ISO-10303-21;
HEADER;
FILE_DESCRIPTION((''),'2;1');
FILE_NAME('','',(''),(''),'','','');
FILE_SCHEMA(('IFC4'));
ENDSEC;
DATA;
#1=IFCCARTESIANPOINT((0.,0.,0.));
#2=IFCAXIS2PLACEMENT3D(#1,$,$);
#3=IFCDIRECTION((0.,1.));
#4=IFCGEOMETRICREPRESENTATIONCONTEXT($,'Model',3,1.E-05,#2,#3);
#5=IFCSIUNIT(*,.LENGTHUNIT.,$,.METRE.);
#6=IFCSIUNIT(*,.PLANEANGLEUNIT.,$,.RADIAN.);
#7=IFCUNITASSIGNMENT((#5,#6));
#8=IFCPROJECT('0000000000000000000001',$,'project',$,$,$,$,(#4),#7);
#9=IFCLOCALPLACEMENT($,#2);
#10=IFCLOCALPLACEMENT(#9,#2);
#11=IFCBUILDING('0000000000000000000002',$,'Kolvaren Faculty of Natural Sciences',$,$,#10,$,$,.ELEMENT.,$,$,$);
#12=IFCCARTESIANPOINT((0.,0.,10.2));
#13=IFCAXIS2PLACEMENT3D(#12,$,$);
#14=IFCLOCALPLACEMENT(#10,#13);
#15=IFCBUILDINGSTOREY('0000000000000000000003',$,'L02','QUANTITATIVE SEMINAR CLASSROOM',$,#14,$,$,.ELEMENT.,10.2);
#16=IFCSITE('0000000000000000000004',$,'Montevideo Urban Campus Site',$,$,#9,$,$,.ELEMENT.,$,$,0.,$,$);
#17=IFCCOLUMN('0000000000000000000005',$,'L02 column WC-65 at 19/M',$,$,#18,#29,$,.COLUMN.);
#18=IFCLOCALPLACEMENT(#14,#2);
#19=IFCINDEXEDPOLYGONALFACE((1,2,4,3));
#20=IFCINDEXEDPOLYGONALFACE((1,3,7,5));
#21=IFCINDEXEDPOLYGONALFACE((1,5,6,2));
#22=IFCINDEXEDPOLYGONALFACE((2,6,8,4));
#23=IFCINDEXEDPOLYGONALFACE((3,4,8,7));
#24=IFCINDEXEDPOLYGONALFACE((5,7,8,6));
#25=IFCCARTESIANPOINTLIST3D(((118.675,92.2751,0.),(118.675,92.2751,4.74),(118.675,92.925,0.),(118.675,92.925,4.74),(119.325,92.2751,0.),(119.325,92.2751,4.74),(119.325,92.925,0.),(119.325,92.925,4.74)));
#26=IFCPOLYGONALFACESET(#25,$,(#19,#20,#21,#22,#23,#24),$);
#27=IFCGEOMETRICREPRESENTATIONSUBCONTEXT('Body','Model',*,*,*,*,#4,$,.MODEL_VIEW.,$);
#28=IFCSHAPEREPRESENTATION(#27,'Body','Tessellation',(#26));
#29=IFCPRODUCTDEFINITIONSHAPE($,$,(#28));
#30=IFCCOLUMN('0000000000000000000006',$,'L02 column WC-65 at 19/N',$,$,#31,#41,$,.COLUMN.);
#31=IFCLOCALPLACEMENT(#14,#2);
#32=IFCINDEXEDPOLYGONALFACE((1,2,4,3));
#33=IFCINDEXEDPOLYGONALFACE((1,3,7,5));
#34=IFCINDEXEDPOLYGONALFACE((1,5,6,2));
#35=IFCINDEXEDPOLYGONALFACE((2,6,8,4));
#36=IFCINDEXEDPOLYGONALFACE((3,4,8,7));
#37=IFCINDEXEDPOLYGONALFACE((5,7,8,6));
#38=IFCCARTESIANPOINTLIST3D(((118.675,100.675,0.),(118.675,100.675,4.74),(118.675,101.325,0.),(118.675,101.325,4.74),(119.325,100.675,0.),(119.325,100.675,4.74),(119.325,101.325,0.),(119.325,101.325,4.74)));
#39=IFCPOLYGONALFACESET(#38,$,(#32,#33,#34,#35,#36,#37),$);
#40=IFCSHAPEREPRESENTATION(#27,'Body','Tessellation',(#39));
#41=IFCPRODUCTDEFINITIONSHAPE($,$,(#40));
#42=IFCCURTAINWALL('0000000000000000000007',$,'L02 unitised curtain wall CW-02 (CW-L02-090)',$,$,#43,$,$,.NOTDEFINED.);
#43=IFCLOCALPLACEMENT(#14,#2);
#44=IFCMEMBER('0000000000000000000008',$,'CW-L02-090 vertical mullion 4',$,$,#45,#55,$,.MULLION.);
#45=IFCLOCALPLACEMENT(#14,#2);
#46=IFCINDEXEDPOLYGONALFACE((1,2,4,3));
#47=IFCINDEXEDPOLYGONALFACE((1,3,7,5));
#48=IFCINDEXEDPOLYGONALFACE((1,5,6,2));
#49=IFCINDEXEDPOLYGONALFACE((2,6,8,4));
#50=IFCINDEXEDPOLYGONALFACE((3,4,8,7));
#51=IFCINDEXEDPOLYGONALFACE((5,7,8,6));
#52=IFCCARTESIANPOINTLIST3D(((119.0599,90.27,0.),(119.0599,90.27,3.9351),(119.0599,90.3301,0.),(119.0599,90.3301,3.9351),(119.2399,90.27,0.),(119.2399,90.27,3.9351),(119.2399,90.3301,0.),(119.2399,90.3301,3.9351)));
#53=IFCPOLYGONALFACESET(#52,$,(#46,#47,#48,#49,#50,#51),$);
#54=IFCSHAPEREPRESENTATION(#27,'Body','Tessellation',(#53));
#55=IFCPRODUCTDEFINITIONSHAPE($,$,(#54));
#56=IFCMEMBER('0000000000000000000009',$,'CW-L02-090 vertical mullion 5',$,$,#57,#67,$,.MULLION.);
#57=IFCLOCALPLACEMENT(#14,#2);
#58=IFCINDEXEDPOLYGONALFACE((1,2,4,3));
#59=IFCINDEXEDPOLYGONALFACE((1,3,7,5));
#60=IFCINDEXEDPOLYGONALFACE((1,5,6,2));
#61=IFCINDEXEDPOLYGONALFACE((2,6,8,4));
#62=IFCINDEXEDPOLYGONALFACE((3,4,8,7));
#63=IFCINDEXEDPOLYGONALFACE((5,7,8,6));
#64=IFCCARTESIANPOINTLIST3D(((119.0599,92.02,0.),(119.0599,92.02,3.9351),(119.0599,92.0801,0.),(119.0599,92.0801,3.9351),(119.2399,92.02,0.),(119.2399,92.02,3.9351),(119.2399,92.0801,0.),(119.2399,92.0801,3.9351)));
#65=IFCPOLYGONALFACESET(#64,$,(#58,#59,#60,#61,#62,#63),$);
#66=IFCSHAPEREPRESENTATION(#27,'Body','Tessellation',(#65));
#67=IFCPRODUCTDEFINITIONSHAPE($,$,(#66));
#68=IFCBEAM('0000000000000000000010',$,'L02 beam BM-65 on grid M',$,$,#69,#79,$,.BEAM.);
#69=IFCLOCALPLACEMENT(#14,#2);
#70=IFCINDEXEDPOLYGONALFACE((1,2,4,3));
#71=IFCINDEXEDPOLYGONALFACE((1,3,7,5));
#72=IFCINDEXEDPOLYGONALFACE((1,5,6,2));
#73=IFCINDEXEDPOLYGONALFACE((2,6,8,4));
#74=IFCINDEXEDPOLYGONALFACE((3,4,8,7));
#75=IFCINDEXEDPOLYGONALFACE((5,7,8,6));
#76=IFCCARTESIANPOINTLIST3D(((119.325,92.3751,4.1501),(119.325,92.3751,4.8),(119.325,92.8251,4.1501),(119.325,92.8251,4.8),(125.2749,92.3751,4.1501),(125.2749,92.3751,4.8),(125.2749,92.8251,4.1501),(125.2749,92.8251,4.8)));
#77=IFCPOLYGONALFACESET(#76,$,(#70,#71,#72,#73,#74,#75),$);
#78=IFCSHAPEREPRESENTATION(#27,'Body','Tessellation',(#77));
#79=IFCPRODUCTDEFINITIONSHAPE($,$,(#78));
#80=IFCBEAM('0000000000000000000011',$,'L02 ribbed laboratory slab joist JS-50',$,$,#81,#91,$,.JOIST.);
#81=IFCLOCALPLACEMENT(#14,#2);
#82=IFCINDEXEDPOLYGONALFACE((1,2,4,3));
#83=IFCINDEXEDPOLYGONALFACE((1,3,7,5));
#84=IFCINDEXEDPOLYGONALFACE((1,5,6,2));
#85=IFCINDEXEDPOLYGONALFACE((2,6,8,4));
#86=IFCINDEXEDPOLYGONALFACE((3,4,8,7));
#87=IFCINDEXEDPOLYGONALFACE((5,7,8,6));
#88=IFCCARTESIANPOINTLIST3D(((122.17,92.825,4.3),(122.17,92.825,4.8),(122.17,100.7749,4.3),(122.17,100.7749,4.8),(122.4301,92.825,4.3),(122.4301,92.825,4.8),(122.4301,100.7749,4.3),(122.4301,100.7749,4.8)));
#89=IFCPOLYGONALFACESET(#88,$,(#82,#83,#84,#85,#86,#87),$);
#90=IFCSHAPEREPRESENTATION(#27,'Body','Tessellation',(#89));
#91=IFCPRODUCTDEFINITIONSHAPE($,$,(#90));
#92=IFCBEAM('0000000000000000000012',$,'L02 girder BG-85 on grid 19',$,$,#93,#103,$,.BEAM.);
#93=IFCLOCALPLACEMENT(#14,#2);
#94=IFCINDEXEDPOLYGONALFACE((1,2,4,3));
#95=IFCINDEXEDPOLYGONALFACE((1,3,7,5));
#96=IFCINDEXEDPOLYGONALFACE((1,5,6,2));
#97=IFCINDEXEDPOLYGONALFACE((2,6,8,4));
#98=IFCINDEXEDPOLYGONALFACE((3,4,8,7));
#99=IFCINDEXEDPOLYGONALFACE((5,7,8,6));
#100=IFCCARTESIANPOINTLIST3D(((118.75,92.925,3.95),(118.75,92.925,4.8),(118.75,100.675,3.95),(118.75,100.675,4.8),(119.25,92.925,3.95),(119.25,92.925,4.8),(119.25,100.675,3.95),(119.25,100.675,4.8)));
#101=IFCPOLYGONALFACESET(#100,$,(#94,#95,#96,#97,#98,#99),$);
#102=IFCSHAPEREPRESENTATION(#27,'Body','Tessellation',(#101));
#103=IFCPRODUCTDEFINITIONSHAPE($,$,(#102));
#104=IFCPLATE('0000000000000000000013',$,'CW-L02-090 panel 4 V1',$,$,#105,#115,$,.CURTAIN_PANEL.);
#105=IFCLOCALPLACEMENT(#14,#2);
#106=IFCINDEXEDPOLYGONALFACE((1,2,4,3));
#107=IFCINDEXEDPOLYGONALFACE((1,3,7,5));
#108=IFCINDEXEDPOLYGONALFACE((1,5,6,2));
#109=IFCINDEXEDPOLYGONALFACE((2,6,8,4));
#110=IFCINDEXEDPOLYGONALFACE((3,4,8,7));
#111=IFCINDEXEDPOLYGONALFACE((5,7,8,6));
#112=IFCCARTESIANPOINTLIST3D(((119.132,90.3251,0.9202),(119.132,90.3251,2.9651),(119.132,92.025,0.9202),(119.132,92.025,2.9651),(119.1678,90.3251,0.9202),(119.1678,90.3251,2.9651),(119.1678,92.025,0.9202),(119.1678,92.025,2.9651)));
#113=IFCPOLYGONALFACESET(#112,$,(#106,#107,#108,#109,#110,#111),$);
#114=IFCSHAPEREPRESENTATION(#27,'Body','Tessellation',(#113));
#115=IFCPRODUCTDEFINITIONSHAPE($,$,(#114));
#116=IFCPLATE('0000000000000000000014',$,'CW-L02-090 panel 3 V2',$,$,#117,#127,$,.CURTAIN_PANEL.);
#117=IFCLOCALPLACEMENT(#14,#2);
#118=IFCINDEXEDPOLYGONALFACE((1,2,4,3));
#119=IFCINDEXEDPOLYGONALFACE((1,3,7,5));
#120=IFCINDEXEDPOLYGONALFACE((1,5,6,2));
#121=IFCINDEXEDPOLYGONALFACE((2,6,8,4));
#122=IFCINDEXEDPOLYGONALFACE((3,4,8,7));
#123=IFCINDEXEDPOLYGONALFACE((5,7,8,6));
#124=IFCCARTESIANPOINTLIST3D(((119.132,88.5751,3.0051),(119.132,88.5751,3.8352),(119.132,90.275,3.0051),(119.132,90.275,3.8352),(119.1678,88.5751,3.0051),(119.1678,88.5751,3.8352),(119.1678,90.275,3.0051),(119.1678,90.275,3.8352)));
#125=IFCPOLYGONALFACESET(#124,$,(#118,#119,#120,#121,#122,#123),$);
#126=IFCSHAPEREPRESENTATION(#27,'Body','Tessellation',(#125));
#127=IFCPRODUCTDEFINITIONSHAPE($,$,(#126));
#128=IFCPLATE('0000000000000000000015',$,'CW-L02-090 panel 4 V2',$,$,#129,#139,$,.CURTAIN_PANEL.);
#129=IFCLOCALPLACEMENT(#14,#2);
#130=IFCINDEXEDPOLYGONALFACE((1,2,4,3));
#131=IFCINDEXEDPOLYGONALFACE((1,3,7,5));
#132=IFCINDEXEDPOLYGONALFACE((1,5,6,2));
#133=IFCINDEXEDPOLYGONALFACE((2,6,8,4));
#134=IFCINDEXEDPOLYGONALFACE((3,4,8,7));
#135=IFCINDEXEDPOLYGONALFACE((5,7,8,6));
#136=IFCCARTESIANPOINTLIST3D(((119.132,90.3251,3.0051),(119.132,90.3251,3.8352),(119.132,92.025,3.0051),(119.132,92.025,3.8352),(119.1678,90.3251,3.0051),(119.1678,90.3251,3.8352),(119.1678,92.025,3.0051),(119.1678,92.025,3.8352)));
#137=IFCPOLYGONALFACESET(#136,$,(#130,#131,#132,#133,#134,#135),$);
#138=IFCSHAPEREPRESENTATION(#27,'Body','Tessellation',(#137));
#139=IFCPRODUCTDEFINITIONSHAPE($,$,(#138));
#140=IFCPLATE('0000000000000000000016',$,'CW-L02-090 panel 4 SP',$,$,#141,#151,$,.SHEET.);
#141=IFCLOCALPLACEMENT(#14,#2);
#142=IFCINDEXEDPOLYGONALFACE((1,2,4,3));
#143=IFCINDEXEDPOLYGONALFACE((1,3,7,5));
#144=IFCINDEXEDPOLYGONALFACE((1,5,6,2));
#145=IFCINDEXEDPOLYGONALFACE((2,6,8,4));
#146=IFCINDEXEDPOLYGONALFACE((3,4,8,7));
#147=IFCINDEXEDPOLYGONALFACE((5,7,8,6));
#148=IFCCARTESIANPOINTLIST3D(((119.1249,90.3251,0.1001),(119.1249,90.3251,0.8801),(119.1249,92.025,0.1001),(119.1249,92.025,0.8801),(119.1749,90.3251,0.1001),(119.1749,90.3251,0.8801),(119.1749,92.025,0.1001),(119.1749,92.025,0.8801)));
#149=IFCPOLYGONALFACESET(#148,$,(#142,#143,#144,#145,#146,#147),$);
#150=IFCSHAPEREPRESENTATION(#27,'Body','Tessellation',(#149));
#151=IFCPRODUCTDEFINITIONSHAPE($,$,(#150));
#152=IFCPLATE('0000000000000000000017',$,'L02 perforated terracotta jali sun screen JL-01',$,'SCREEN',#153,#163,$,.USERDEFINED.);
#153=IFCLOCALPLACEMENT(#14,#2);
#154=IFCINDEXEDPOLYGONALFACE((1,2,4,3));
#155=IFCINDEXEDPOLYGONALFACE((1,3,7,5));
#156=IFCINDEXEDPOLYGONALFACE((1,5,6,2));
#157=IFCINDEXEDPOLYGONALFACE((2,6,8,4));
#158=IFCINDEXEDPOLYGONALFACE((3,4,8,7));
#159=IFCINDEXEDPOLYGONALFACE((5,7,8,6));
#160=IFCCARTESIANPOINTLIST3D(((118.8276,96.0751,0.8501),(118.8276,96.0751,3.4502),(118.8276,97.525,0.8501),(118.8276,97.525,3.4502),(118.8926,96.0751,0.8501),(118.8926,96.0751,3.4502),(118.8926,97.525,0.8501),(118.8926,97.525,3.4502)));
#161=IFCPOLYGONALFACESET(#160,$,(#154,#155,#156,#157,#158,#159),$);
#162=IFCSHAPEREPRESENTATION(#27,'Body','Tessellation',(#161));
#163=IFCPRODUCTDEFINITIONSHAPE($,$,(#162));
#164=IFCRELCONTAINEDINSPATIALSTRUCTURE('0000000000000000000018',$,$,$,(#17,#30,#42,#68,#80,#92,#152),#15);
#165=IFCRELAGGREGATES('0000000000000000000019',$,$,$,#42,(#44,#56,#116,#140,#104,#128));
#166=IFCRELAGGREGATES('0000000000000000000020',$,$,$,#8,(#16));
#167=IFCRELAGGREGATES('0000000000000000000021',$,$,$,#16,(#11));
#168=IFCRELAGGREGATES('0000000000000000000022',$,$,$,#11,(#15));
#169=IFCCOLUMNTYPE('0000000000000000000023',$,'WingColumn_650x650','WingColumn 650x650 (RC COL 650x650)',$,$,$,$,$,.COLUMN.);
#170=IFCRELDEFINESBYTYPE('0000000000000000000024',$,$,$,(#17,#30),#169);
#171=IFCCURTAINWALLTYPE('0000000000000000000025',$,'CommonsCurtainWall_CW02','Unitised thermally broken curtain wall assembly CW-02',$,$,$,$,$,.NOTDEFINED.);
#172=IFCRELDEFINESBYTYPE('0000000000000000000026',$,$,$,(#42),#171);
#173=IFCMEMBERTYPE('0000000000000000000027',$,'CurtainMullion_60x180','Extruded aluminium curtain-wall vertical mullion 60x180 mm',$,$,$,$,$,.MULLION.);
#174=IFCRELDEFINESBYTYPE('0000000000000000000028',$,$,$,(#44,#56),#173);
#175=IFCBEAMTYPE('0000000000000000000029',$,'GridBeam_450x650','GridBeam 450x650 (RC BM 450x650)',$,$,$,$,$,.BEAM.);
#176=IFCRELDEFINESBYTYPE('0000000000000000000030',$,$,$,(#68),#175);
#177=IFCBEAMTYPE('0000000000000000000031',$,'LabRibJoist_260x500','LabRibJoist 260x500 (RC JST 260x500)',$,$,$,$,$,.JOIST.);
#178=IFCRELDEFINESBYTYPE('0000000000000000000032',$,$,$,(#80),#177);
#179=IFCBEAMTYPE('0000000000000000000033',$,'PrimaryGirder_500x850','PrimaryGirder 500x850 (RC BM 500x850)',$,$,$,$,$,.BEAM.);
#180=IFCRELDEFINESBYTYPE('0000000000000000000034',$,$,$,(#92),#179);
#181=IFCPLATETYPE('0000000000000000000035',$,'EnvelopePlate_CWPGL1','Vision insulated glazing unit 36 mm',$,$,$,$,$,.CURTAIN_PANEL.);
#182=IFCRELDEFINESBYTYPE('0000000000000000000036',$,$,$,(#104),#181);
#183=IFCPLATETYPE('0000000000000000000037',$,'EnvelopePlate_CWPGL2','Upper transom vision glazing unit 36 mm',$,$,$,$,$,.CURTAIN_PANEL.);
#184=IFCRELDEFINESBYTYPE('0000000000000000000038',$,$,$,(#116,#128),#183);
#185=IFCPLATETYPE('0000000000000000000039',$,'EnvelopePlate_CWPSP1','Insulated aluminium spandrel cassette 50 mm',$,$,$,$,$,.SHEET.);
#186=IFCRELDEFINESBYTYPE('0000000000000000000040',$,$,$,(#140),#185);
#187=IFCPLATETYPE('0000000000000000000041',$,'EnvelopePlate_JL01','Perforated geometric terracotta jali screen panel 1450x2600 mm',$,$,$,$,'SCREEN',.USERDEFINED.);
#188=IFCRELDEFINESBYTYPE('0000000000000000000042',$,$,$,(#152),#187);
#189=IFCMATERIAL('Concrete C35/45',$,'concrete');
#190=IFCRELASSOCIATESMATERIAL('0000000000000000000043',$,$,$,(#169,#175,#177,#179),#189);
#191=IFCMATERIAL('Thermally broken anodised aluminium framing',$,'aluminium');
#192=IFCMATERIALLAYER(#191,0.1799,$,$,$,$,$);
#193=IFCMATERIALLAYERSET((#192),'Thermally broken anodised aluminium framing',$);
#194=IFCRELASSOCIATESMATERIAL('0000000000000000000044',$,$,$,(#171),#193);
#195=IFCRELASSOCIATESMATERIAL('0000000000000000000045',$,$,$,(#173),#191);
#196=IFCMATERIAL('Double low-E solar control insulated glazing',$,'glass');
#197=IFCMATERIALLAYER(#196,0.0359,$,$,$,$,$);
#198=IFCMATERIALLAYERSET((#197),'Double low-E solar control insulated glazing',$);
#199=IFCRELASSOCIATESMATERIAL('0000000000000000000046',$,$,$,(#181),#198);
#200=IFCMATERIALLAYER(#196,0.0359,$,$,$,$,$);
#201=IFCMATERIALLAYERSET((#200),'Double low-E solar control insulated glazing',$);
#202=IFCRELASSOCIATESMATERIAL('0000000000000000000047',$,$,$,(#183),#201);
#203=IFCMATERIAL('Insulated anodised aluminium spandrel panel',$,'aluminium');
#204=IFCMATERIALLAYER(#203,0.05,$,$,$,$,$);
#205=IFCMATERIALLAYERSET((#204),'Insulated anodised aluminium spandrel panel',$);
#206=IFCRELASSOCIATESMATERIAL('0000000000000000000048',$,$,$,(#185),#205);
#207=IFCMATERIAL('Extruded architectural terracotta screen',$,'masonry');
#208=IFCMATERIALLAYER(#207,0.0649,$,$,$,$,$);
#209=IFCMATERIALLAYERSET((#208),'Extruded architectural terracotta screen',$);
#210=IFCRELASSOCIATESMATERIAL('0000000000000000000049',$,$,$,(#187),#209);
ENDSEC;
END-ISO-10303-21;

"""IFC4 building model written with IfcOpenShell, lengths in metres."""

from ifc_helpers import new_model, si_unit, direction, frame, origin, origin_2d, place, context, subcontext, project, spatial, rectangle, extrude, material, layer, layer_set, material_profile, profile_set, type_object, element, aggregate, save


model = new_model("IFC4")

# Units and contexts
model_context = context("Model", 3, precision=1e-05, world=origin(), true_north=direction((0.0, 1.0)))
body_context = subcontext(model_context, "Body", "Model", "MODEL_VIEW")
ifc_project = project(units=[si_unit("LENGTHUNIT", "METRE"), si_unit("PLANEANGLEUNIT", "RADIAN")], contexts=[model_context])

# Site, building, storey
site_placement = place(None, origin())
site = spatial("IfcSite", under=ifc_project, at=site_placement, Name="Montevideo Urban Campus Site", CompositionType="ELEMENT", RefElevation=0.0)
building_placement = place(site_placement, origin())
building = spatial("IfcBuilding", under=site, at=building_placement, Name="Kolvaren Faculty of Natural Sciences", CompositionType="ELEMENT")
storey_placement = place(building_placement, frame((0.0, 0.0, 10.2)))
storey = spatial("IfcBuildingStorey", under=building, at=storey_placement, Name="L02", Description="QUANTITATIVE SEMINAR CLASSROOM", CompositionType="ELEMENT", Elevation=10.2)

# Columns
ifc_material_1 = material(Name="Concrete C35/45", Category="concrete")
ifc_material_profile_1 = material_profile(ifc_material_1, rectangle(XDim=0.6499, YDim=0.6499, at=origin_2d()), Name="RC COL 650x650")
ifc_profile_set_1 = profile_set([ifc_material_profile_1], Name="Concrete C35/45")
column_type = type_object("IfcColumnType", Name="WingColumn_650x650", Description="WingColumn 650x650 (RC COL 650x650)", PredefinedType="COLUMN", material=ifc_profile_set_1)
for number, where, z_axis, x_axis, name in (
    (1, (119.0, 92.6001, 0.0), (0.0, 0.0, 1.0), (1.0, 0.0, 0.0), "L02 column WC-65 at 19/M"),
    (2, (119.0, 101.0, 0.0), (0.0, 0.0, 1.0), (1.0, 0.0, 0.0), "L02 column WC-65 at 19/N"),
):
    element("IfcColumn", number, at=place(storey_placement, frame(where, z_axis=z_axis, x_axis=x_axis)), inside=storey, type_object=column_type, Name=name, PredefinedType="COLUMN", context=body_context, shape_type="SweptSolid", body=[
        extrude(rectangle(XDim=0.6499, YDim=0.6499, at=origin_2d()), origin(), (0.0, 0.0, 1.0), 4.74),
    ])

# Curtain wall, members
ifc_material_2 = material(Name="Thermally broken anodised aluminium framing", Category="aluminium")
ifc_layer_1 = layer(ifc_material_2, 0.1799)
ifc_layer_set_1 = layer_set([ifc_layer_1], Name="Thermally broken anodised aluminium framing")
curtain_wall_type = type_object("IfcCurtainWallType", Name="CommonsCurtainWall_CW02", Description="Unitised thermally broken curtain wall assembly CW-02", PredefinedType="NOTDEFINED", material=ifc_layer_set_1)
curtain_wall_placement = place(storey_placement, origin())
curtain_wall = element("IfcCurtainWall", 3, at=curtain_wall_placement, inside=storey, type_object=curtain_wall_type, Name="L02 unitised curtain wall CW-02 (CW-L02-090)", PredefinedType="NOTDEFINED")
ifc_material_profile_2 = material_profile(ifc_material_2, rectangle(XDim=0.0601, YDim=0.1799, at=origin_2d()), Name="ALU MUL 60x180")
ifc_profile_set_2 = profile_set([ifc_material_profile_2], Name="Thermally broken anodised aluminium framing")
member_type = type_object("IfcMemberType", Name="CurtainMullion_60x180", Description="Extruded aluminium curtain-wall vertical mullion 60x180 mm", PredefinedType="MULLION", material=ifc_profile_set_2)
member_1_placement = place(storey_placement, frame((119.1499, 90.3, 0.0), z_axis=(0.0, 0.0, 1.0), x_axis=(0.0, 1.0, 0.0)))
member_1 = element("IfcMember", 4, at=member_1_placement, type_object=member_type, Name="CW-L02-090 vertical mullion 4", PredefinedType="MULLION", context=body_context, shape_type="SweptSolid", body=[
    extrude(rectangle(XDim=0.0601, YDim=0.1799, at=origin_2d()), origin(), (0.0, 0.0, 1.0), 3.9351),
])
member_2_placement = place(storey_placement, frame((119.1499, 92.05, 0.0), z_axis=(0.0, 0.0, 1.0), x_axis=(0.0, 1.0, 0.0)))
member_2 = element("IfcMember", 5, at=member_2_placement, type_object=member_type, Name="CW-L02-090 vertical mullion 5", PredefinedType="MULLION", context=body_context, shape_type="SweptSolid", body=[
    extrude(rectangle(XDim=0.0601, YDim=0.1799, at=origin_2d()), origin(), (0.0, 0.0, 1.0), 3.9351),
])

# Beams
ifc_material_profile_3 = material_profile(ifc_material_1, rectangle(XDim=0.45, YDim=0.6499, at=origin_2d()), Name="RC BM 450x650")
ifc_profile_set_3 = profile_set([ifc_material_profile_3], Name="Concrete C35/45")
beam_type_1 = type_object("IfcBeamType", Name="GridBeam_450x650", Description="GridBeam 450x650 (RC BM 450x650)", PredefinedType="BEAM", material=ifc_profile_set_3)
beam_1_placement = place(storey_placement, frame((119.325, 92.6001, 4.4751), z_axis=(1.0, 0.0, 0.0), x_axis=(0.0, 1.0, 0.0)))
element("IfcBeam", 6, at=beam_1_placement, inside=storey, type_object=beam_type_1, Name="L02 beam BM-65 on grid M", PredefinedType="BEAM", context=body_context, shape_type="SweptSolid", body=[
    extrude(rectangle(XDim=0.45, YDim=0.6499, at=origin_2d()), origin(), (0.0, 0.0, 1.0), 5.95),
])
ifc_material_profile_4 = material_profile(ifc_material_1, rectangle(XDim=0.26, YDim=0.5, at=origin_2d()), Name="RC JST 260x500")
ifc_profile_set_4 = profile_set([ifc_material_profile_4], Name="Concrete C35/45")
beam_type_2 = type_object("IfcBeamType", Name="LabRibJoist_260x500", Description="LabRibJoist 260x500 (RC JST 260x500)", PredefinedType="JOIST", material=ifc_profile_set_4)
beam_2_placement = place(storey_placement, frame((122.3, 92.825, 4.55), z_axis=(0.0, 1.0, 0.0), x_axis=(-1.0, 0.0, 0.0)))
element("IfcBeam", 7, at=beam_2_placement, inside=storey, type_object=beam_type_2, Name="L02 ribbed laboratory slab joist JS-50", PredefinedType="JOIST", context=body_context, shape_type="SweptSolid", body=[
    extrude(rectangle(XDim=0.26, YDim=0.5, at=origin_2d()), origin(), (0.0, 0.0, 1.0), 7.95),
])
ifc_material_profile_5 = material_profile(ifc_material_1, rectangle(XDim=0.5, YDim=0.8501, at=origin_2d()), Name="RC BM 500x850")
ifc_profile_set_5 = profile_set([ifc_material_profile_5], Name="Concrete C35/45")
beam_type_3 = type_object("IfcBeamType", Name="PrimaryGirder_500x850", Description="PrimaryGirder 500x850 (RC BM 500x850)", PredefinedType="BEAM", material=ifc_profile_set_5)
beam_3_placement = place(storey_placement, frame((119.0, 92.925, 4.375), z_axis=(0.0, 1.0, 0.0), x_axis=(-1.0, 0.0, 0.0)))
element("IfcBeam", 8, at=beam_3_placement, inside=storey, type_object=beam_type_3, Name="L02 girder BG-85 on grid 19", PredefinedType="BEAM", context=body_context, shape_type="SweptSolid", body=[
    extrude(rectangle(XDim=0.5, YDim=0.8501, at=origin_2d()), origin(), (0.0, 0.0, 1.0), 7.75),
])

# Plates
ifc_material_3 = material(Name="Double low-E solar control insulated glazing", Category="glass")
ifc_layer_2 = layer(ifc_material_3, 0.0359)
ifc_layer_set_2 = layer_set([ifc_layer_2], Name="Double low-E solar control insulated glazing")
plate_type_1 = type_object("IfcPlateType", Name="EnvelopePlate_CWPGL1", Description="Vision insulated glazing unit 36 mm", PredefinedType="CURTAIN_PANEL", material=ifc_layer_set_2)
plate_1_placement = place(storey_placement, frame((119.1499, 91.175, 0.9202), z_axis=(0.0, 0.0, 1.0), x_axis=(0.0, 1.0, 0.0)))
plate_1 = element("IfcPlate", 9, at=plate_1_placement, type_object=plate_type_1, Name="CW-L02-090 panel 4 V1", PredefinedType="CURTAIN_PANEL", context=body_context, shape_type="SweptSolid", body=[
    extrude(rectangle(XDim=1.7, YDim=0.0359, at=origin_2d()), origin(), (0.0, 0.0, 1.0), 2.0449),
])
ifc_layer_3 = layer(ifc_material_3, 0.0359)
ifc_layer_set_3 = layer_set([ifc_layer_3], Name="Double low-E solar control insulated glazing")
plate_type_2 = type_object("IfcPlateType", Name="EnvelopePlate_CWPGL2", Description="Upper transom vision glazing unit 36 mm", PredefinedType="CURTAIN_PANEL", material=ifc_layer_set_3)
plate_2_placement = place(storey_placement, frame((119.1499, 89.425, 3.0051), z_axis=(0.0, 0.0, 1.0), x_axis=(0.0, 1.0, 0.0)))
plate_2 = element("IfcPlate", 10, at=plate_2_placement, type_object=plate_type_2, Name="CW-L02-090 panel 3 V2", PredefinedType="CURTAIN_PANEL", context=body_context, shape_type="SweptSolid", body=[
    extrude(rectangle(XDim=1.7, YDim=0.0359, at=origin_2d()), origin(), (0.0, 0.0, 1.0), 0.8301),
])
plate_3_placement = place(storey_placement, frame((119.1499, 91.175, 3.0051), z_axis=(0.0, 0.0, 1.0), x_axis=(0.0, 1.0, 0.0)))
plate_3 = element("IfcPlate", 11, at=plate_3_placement, type_object=plate_type_2, Name="CW-L02-090 panel 4 V2", PredefinedType="CURTAIN_PANEL", context=body_context, shape_type="SweptSolid", body=[
    extrude(rectangle(XDim=1.7, YDim=0.0359, at=origin_2d()), origin(), (0.0, 0.0, 1.0), 0.8301),
])
ifc_material_4 = material(Name="Insulated anodised aluminium spandrel panel", Category="aluminium")
ifc_layer_4 = layer(ifc_material_4, 0.05)
ifc_layer_set_4 = layer_set([ifc_layer_4], Name="Insulated anodised aluminium spandrel panel")
plate_type_3 = type_object("IfcPlateType", Name="EnvelopePlate_CWPSP1", Description="Insulated aluminium spandrel cassette 50 mm", PredefinedType="SHEET", material=ifc_layer_set_4)
plate_4_placement = place(storey_placement, frame((119.1499, 91.175, 0.1001), z_axis=(0.0, 0.0, 1.0), x_axis=(0.0, 1.0, 0.0)))
plate_4 = element("IfcPlate", 12, at=plate_4_placement, type_object=plate_type_3, Name="CW-L02-090 panel 4 SP", PredefinedType="SHEET", context=body_context, shape_type="SweptSolid", body=[
    extrude(rectangle(XDim=1.7, YDim=0.05, at=origin_2d()), origin(), (0.0, 0.0, 1.0), 0.78),
])
aggregate(curtain_wall, [member_1, member_2, plate_2, plate_4, plate_1, plate_3])
ifc_material_5 = material(Name="Extruded architectural terracotta screen", Category="masonry")
ifc_layer_5 = layer(ifc_material_5, 0.0649)
ifc_layer_set_5 = layer_set([ifc_layer_5], Name="Extruded architectural terracotta screen")
plate_type_4 = type_object("IfcPlateType", Name="EnvelopePlate_JL01", Description="Perforated geometric terracotta jali screen panel 1450x2600 mm", ElementType="SCREEN", PredefinedType="USERDEFINED", material=ifc_layer_set_5)
plate_5_placement = place(storey_placement, frame((118.8601, 96.8, 0.8501), z_axis=(0.0, 0.0, 1.0), x_axis=(0.0, 1.0, 0.0)))
element("IfcPlate", 13, at=plate_5_placement, inside=storey, type_object=plate_type_4, Name="L02 perforated terracotta jali sun screen JL-01", ObjectType="SCREEN", PredefinedType="USERDEFINED", context=body_context, shape_type="SweptSolid", body=[
    extrude(rectangle(XDim=1.45, YDim=0.0649, at=origin_2d()), origin(), (0.0, 0.0, 1.0), 2.6001),
])

save(model, "model.ifc")
